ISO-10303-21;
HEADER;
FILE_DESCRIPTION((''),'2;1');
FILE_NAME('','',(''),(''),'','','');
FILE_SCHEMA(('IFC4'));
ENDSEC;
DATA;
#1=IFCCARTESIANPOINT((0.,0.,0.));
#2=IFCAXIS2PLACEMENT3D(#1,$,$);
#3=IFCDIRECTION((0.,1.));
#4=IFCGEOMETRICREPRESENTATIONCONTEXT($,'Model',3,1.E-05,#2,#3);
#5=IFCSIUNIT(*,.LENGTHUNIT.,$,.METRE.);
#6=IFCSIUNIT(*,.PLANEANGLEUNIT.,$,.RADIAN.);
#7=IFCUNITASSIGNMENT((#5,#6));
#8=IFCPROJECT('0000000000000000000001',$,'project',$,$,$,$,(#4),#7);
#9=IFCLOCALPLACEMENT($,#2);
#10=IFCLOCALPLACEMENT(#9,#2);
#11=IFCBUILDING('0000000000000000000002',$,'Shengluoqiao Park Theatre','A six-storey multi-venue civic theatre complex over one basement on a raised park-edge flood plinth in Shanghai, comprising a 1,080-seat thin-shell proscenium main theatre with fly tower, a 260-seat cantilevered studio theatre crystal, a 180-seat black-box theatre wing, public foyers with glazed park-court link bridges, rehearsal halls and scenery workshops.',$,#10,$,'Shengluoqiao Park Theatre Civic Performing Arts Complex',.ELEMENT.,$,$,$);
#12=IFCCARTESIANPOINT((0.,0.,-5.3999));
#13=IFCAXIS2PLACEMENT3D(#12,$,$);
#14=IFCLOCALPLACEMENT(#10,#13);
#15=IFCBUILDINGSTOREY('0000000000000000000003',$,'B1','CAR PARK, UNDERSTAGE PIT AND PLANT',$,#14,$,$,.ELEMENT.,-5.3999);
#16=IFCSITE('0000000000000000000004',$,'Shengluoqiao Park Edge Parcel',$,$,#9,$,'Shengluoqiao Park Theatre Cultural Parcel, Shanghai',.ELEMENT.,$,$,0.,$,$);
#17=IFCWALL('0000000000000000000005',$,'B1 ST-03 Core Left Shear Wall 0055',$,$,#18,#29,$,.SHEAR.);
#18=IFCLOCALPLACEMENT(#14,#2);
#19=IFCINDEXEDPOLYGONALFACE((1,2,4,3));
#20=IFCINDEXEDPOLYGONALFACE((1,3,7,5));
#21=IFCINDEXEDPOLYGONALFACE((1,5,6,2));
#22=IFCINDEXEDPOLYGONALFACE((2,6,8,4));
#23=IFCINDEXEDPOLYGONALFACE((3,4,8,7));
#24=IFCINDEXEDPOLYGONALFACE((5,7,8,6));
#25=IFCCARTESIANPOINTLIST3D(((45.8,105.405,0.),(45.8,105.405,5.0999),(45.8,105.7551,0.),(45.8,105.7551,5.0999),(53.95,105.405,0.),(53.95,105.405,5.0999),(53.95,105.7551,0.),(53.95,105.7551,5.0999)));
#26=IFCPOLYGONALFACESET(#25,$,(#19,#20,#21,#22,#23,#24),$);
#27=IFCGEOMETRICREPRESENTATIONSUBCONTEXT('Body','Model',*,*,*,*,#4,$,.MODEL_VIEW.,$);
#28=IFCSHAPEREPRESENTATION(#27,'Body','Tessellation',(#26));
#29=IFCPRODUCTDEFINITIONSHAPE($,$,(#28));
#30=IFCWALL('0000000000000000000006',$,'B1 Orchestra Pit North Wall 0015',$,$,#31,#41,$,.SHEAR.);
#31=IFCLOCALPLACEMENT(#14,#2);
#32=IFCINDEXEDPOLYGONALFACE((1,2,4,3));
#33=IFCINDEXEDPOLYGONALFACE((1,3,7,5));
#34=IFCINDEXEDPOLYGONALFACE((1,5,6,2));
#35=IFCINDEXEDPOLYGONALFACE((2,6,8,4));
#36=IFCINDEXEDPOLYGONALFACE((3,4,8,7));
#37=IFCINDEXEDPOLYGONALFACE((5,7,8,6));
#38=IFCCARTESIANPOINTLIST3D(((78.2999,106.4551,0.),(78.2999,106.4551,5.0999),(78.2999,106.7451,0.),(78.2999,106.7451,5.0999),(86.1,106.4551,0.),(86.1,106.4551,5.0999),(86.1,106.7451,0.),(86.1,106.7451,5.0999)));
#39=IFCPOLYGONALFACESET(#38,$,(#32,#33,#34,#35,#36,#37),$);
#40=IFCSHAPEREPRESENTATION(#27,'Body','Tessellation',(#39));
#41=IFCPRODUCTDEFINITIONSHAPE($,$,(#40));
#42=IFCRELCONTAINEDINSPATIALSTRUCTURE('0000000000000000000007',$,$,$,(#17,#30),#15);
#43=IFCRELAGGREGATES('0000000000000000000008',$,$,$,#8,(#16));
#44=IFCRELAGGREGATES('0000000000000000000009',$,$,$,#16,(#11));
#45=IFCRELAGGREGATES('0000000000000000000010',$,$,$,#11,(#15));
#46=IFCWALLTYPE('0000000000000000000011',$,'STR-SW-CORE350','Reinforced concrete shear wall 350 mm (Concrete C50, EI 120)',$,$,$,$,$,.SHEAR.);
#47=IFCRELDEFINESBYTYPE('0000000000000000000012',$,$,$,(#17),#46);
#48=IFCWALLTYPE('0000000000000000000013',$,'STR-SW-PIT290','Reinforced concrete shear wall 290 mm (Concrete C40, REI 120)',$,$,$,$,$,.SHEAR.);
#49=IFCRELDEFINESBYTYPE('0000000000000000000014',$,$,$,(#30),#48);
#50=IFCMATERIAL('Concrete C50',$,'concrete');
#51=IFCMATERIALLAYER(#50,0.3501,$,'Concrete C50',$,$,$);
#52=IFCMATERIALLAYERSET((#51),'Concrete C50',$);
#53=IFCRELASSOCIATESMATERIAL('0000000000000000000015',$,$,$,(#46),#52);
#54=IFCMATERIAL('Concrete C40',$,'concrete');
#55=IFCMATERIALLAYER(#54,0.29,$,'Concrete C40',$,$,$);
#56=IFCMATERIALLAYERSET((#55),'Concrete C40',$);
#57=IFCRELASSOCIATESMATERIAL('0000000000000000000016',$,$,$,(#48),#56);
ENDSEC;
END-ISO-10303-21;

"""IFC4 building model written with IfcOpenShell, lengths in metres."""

from ifc_helpers import new_model, si_unit, direction, frame, frame_2d, origin, place, context, subcontext, project, spatial, rectangle, extrude, material, layer, layer_set, type_object, element, save


model = new_model("IFC4")

# Units and contexts
model_context = context("Model", 3, precision=1e-05, world=origin(), true_north=direction((0.0, 1.0)))
body_context = subcontext(model_context, "Body", "Model", "MODEL_VIEW")
ifc_project = project(units=[si_unit("LENGTHUNIT", "METRE"), si_unit("PLANEANGLEUNIT", "RADIAN")], contexts=[model_context])

# Site, building, storey
site_placement = place(None, origin())
site = spatial("IfcSite", under=ifc_project, at=site_placement, Name="Shengluoqiao Park Edge Parcel", LongName="Shengluoqiao Park Theatre Cultural Parcel, Shanghai", CompositionType="ELEMENT", RefElevation=0.0)
building_placement = place(site_placement, origin())
building = spatial("IfcBuilding", under=site, at=building_placement, Name="Shengluoqiao Park Theatre", Description="A six-storey multi-venue civic theatre complex over one basement on a raised park-edge flood plinth in Shanghai, comprising a 1,080-seat thin-shell proscenium main theatre with fly tower, a 260-seat cantilevered studio theatre crystal, a 180-seat black-box theatre wing, public foyers with glazed park-court link bridges, rehearsal halls and scenery workshops.", LongName="Shengluoqiao Park Theatre Civic Performing Arts Complex", CompositionType="ELEMENT")
storey_placement = place(building_placement, frame((0.0, 0.0, -5.3999)))
storey = spatial("IfcBuildingStorey", under=building, at=storey_placement, Name="B1", Description="CAR PARK, UNDERSTAGE PIT AND PLANT", CompositionType="ELEMENT", Elevation=-5.3999)

# Shared definitions
ifc_material_1 = material(Name="Concrete C50", Category="concrete")

# Shared definitions
ifc_material_2 = material(Name="Concrete C40", Category="concrete")

# Walls
ifc_layer_1 = layer(ifc_material_1, 0.3501, Name="Concrete C50")
ifc_layer_set_1 = layer_set([ifc_layer_1], Name="Concrete C50")
wall_type_1 = type_object("IfcWallType", Name="STR-SW-CORE350", Description="Reinforced concrete shear wall 350 mm (Concrete C50, EI 120)", PredefinedType="SHEAR", material=ifc_layer_set_1)
for number, where, z_axis, x_axis, name in (
    (1, (53.95, 105.5801, 0.0), (0.0, 0.0, 1.0), (-1.0, 0.0, 0.0), "B1 ST-03 Core Left Shear Wall 0055"),
):
    element("IfcWall", number, at=place(storey_placement, frame(where, z_axis=z_axis, x_axis=x_axis)), inside=storey, type_object=wall_type_1, Name=name, PredefinedType="SHEAR", context=body_context, shape_type="SweptSolid", body=[
        extrude(rectangle(XDim=8.1499, YDim=0.3501, at=frame_2d((4.075, 0.0))), origin(), (0.0, 0.0, 1.0), 5.0999),
    ])
ifc_layer_2 = layer(ifc_material_2, 0.29, Name="Concrete C40")
ifc_layer_set_2 = layer_set([ifc_layer_2], Name="Concrete C40")
wall_type_2 = type_object("IfcWallType", Name="STR-SW-PIT290", Description="Reinforced concrete shear wall 290 mm (Concrete C40, REI 120)", PredefinedType="SHEAR", material=ifc_layer_set_2)
wall_1_placement = place(storey_placement, frame((78.3, 106.6001, 0.0), z_axis=(0.0, 0.0, 1.0), x_axis=(1.0, 0.0, 0.0)))
element("IfcWall", 2, at=wall_1_placement, inside=storey, type_object=wall_type_2, Name="B1 Orchestra Pit North Wall 0015", PredefinedType="SHEAR", context=body_context, shape_type="SweptSolid", body=[
    extrude(rectangle(XDim=7.8, YDim=0.29, at=frame_2d((3.8999, 0.0))), origin(), (0.0, 0.0, 1.0), 5.0999),
])

save(model, "model.ifc")
